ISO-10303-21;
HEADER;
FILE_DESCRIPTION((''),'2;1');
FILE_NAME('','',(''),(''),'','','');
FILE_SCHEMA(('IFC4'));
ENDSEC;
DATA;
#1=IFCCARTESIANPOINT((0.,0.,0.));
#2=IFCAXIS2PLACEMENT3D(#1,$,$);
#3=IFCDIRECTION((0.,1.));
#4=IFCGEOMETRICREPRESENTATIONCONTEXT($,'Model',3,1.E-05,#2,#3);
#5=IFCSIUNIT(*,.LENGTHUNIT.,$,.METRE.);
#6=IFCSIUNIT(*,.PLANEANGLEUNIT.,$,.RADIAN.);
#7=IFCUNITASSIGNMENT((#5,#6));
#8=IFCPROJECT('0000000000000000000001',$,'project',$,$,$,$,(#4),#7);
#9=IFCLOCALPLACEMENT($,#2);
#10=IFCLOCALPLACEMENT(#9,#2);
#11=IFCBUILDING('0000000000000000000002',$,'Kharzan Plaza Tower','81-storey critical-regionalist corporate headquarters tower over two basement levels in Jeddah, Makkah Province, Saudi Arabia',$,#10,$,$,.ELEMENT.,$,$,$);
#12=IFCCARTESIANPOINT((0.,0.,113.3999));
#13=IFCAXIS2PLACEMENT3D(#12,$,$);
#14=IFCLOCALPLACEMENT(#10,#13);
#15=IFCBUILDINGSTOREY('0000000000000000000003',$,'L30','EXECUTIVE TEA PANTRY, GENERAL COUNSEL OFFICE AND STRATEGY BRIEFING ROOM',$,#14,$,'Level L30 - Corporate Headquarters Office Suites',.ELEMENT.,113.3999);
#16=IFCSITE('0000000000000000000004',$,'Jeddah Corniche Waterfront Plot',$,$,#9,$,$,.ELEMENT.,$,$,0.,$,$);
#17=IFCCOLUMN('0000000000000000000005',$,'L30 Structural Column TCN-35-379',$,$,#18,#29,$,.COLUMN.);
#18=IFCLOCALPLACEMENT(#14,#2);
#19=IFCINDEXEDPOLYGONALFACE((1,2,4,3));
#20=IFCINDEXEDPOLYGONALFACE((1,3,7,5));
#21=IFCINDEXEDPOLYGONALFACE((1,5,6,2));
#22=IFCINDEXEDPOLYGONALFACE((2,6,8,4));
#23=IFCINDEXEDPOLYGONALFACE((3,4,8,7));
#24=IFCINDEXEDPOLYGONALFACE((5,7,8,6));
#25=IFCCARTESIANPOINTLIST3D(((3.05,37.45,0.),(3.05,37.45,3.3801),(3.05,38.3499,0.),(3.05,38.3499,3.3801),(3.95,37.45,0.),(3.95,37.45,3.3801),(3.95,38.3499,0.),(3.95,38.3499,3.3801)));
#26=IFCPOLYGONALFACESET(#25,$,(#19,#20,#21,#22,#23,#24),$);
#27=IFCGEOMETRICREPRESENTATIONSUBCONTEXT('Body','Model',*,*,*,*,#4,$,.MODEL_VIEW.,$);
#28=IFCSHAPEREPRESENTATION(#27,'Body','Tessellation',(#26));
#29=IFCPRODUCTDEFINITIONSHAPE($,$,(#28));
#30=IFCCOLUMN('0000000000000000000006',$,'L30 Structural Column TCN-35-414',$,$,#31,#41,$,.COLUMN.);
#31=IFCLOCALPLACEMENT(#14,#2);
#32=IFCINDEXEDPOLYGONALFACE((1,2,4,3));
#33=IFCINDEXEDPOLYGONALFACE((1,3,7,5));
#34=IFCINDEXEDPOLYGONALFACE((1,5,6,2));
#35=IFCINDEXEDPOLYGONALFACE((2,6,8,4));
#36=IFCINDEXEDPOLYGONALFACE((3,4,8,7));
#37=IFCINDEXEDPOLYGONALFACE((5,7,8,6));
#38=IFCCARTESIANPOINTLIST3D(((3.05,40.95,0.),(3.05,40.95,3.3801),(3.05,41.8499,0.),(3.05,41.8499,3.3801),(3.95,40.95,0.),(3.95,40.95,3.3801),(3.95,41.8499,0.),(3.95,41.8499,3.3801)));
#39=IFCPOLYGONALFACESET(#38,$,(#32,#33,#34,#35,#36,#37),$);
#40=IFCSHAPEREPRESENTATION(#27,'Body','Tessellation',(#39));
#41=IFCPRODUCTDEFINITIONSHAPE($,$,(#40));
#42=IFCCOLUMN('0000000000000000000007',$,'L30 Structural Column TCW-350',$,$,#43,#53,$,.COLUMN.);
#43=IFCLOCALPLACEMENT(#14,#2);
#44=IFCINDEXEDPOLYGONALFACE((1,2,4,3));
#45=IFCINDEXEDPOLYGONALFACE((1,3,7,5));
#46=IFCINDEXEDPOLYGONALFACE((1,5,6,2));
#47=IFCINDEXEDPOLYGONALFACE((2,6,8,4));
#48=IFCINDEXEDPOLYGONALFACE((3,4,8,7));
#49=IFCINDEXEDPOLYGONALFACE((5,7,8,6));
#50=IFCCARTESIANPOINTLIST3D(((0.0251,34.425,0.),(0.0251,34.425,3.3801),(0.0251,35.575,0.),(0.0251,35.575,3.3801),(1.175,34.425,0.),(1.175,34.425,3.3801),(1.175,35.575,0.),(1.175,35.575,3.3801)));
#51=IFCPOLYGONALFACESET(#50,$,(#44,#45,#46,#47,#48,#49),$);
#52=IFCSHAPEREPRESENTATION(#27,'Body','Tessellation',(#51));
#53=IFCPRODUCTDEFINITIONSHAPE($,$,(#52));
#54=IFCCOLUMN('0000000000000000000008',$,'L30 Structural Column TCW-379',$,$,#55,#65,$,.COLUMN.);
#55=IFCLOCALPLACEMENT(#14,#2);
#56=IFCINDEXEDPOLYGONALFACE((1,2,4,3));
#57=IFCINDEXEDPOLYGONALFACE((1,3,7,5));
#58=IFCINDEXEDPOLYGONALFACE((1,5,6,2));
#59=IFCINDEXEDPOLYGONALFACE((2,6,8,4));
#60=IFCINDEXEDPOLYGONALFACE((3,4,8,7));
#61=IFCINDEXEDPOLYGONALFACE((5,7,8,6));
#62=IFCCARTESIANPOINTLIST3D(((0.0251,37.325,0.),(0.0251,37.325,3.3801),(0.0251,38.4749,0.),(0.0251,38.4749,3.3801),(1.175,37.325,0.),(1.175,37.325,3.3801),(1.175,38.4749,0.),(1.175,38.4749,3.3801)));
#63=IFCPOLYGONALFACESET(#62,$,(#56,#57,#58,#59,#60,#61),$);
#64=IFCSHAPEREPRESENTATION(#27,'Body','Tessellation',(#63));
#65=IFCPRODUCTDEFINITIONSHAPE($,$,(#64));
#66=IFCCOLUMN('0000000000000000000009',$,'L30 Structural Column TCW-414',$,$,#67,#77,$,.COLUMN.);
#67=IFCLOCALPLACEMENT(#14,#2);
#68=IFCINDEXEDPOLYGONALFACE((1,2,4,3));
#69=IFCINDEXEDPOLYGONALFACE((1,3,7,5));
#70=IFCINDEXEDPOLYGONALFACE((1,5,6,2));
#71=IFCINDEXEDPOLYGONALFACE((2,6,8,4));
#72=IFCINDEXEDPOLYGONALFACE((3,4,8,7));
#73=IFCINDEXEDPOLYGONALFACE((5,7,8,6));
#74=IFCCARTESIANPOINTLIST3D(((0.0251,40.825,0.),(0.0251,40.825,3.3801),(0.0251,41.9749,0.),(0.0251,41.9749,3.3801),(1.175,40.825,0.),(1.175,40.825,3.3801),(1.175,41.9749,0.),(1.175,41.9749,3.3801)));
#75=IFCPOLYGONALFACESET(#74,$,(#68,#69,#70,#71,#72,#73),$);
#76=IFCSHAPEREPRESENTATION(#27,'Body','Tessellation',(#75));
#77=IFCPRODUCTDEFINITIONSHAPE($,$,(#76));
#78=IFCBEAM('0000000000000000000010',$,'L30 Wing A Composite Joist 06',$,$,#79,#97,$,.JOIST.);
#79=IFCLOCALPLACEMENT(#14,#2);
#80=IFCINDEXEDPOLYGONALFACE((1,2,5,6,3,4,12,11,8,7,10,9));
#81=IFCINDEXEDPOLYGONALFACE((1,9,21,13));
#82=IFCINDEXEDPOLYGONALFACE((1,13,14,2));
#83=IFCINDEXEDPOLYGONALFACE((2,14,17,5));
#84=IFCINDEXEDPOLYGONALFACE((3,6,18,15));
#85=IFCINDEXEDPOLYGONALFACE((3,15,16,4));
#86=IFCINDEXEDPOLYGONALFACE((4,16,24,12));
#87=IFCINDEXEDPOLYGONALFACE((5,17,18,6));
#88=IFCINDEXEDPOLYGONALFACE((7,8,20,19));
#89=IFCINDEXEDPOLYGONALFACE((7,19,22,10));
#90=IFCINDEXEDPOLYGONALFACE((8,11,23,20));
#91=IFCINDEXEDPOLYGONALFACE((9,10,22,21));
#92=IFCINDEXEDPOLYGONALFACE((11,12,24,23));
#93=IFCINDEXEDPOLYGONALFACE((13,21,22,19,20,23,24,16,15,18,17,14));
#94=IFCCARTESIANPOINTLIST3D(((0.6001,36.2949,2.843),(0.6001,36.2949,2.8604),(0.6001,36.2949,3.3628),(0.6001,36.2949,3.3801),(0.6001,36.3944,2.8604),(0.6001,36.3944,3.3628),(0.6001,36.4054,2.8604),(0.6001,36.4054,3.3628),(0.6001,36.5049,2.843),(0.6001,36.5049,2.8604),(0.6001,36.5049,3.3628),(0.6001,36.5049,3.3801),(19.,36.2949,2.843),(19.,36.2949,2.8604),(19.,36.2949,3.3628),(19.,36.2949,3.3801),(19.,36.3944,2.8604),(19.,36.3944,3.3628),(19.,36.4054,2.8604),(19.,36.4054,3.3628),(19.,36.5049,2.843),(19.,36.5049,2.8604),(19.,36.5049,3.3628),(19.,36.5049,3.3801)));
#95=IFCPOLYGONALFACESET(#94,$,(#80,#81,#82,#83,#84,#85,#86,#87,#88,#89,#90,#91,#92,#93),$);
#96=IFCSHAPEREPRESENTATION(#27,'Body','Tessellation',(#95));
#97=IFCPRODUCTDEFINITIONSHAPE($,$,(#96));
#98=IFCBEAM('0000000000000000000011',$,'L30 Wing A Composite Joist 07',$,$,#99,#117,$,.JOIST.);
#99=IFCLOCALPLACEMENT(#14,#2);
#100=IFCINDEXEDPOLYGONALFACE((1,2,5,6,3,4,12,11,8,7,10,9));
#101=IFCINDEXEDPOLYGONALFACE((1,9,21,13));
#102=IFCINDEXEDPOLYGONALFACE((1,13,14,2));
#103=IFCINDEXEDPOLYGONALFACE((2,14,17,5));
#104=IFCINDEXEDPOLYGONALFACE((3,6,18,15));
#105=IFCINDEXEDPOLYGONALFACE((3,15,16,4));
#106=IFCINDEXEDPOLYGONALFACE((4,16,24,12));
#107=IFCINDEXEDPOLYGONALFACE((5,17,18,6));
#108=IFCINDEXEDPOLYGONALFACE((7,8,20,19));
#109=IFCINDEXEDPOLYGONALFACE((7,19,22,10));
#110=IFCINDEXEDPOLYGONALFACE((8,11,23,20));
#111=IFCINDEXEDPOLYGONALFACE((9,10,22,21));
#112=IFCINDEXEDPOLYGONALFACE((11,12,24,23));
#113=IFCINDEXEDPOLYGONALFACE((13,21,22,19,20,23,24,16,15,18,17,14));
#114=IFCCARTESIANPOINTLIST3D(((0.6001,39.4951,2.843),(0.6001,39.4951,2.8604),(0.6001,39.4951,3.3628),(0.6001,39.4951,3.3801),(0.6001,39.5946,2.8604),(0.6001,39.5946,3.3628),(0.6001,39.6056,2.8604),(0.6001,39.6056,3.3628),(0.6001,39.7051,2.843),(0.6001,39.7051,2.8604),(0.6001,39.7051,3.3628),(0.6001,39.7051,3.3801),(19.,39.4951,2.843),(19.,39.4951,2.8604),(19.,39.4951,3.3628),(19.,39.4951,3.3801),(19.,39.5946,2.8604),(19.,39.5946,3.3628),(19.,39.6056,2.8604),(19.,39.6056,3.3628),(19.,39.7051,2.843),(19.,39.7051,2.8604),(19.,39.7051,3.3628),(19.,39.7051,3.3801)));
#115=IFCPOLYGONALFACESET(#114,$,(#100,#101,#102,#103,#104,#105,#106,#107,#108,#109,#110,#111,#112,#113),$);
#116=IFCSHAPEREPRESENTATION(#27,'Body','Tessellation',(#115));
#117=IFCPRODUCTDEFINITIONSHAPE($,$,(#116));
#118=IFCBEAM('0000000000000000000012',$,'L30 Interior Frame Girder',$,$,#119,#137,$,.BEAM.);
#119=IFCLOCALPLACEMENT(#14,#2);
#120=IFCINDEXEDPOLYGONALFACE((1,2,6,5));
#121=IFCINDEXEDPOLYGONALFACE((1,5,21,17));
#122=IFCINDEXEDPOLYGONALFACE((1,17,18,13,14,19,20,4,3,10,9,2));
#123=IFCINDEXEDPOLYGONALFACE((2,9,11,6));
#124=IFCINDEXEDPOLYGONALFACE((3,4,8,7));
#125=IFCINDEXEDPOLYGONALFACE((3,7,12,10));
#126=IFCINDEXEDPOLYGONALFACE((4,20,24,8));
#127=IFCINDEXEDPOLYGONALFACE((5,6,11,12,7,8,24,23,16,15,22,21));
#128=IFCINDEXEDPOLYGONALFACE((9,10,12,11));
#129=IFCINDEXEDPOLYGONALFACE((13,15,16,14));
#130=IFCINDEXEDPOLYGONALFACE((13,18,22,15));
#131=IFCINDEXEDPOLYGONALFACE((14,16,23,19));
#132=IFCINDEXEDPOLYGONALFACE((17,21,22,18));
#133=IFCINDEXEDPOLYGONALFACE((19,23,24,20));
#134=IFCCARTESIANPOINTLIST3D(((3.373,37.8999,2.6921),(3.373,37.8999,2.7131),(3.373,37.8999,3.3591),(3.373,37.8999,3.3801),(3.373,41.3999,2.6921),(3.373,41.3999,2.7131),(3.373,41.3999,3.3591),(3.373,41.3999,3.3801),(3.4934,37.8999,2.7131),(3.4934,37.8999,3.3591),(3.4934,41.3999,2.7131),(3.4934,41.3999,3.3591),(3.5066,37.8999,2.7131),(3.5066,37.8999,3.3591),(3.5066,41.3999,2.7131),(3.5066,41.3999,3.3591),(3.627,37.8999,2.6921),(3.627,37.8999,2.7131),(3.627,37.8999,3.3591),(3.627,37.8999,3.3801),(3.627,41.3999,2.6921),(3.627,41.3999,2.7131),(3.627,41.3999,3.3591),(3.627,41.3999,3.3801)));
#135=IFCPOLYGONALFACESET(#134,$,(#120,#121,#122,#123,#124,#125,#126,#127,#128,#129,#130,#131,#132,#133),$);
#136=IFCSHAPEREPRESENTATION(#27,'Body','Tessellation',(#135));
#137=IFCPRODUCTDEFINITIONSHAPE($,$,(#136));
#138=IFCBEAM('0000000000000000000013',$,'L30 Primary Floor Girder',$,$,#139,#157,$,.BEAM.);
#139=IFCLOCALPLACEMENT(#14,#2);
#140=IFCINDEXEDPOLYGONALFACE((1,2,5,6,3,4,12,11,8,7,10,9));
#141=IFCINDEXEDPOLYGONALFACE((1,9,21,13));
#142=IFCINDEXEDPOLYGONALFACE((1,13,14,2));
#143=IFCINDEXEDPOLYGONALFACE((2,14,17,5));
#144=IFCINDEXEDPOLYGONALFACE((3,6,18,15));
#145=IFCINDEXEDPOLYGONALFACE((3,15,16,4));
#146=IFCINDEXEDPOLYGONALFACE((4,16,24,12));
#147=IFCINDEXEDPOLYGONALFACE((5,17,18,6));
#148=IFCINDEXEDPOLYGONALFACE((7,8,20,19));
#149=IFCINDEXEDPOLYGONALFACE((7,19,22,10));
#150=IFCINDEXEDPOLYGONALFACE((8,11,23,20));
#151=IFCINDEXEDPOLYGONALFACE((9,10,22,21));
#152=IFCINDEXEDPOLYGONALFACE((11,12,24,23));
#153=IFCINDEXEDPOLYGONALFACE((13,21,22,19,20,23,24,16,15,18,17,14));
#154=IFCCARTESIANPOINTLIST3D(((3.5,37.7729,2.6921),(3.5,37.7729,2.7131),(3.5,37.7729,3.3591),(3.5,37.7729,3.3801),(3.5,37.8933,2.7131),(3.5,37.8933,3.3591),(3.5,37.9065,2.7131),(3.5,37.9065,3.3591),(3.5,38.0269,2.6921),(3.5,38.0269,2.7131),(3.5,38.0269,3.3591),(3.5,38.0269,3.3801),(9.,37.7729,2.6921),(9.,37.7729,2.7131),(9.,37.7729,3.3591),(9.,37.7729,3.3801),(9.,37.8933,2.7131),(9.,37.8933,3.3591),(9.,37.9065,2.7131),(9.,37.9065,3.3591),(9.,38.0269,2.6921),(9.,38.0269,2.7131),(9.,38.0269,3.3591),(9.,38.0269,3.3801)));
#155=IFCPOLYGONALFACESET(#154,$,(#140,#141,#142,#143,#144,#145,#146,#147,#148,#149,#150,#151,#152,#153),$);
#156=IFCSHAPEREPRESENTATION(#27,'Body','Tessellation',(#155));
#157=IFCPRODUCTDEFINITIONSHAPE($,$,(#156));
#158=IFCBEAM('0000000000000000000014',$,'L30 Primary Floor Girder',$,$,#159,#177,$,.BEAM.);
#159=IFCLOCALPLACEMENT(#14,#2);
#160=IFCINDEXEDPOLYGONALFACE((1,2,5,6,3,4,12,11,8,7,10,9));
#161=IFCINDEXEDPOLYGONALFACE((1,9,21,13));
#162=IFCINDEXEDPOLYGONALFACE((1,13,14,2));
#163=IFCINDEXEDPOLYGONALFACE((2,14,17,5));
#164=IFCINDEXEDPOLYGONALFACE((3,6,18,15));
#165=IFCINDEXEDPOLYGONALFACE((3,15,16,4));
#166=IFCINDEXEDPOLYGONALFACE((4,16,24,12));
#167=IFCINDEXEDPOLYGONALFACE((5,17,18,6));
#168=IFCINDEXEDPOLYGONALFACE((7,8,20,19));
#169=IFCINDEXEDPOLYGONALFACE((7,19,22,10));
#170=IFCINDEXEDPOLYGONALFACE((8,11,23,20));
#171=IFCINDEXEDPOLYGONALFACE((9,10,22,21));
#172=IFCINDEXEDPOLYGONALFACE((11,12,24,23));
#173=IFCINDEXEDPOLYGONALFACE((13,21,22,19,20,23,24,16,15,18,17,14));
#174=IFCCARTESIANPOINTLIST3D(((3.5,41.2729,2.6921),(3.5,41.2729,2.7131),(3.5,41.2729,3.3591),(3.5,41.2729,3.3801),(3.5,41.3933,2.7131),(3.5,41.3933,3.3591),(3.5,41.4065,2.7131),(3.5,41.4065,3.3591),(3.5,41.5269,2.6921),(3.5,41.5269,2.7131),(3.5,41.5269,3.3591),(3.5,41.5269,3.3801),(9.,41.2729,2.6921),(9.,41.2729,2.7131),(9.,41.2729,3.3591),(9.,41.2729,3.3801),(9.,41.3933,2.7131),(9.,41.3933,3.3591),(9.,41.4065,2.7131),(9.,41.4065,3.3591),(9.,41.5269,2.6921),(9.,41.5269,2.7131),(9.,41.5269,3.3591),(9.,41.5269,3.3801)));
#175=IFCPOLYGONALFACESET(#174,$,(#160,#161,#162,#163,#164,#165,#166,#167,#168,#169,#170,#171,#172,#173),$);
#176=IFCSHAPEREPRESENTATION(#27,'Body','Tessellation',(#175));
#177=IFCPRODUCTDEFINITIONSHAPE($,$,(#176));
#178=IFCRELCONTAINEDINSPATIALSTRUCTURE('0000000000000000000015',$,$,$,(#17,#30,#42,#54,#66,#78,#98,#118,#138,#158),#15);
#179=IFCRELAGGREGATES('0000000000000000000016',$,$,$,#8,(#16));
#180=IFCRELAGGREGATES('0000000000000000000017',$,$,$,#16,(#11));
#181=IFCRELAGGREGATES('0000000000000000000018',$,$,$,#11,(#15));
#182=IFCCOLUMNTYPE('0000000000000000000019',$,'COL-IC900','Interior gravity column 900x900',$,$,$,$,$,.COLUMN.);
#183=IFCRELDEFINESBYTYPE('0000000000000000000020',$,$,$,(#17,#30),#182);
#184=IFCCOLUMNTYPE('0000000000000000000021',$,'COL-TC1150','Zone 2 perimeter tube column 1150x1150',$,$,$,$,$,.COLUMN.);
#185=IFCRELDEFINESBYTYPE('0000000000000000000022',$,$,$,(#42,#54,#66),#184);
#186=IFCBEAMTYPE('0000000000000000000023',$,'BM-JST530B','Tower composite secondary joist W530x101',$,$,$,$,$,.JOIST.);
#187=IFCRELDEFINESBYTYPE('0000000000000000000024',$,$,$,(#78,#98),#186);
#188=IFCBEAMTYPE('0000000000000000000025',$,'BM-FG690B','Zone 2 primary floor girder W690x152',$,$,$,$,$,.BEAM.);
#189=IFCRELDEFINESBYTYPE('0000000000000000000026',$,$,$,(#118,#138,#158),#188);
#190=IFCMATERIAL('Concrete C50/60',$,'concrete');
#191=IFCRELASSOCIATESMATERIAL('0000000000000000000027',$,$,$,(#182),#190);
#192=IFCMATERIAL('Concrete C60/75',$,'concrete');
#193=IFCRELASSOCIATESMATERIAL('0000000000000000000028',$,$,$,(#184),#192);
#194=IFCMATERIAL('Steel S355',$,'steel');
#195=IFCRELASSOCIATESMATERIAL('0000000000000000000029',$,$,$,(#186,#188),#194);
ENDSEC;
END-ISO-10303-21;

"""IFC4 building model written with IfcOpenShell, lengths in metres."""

from ifc_helpers import new_model, si_unit, direction, frame, origin, origin_2d, place, context, subcontext, project, spatial, rectangle, i_section, extrude, source, transform, mapped, material, material_profile, profile_set, type_object, element, save


model = new_model("IFC4")

# Units and contexts
model_context = context("Model", 3, precision=1e-05, world=origin(), true_north=direction((0.0, 1.0)))
body_context = subcontext(model_context, "Body", "Model", "MODEL_VIEW")
ifc_project = project(units=[si_unit("LENGTHUNIT", "METRE"), si_unit("PLANEANGLEUNIT", "RADIAN")], contexts=[model_context])

# Site, building, storey
site_placement = place(None, origin())
site = spatial("IfcSite", under=ifc_project, at=site_placement, Name="Jeddah Corniche Waterfront Plot", CompositionType="ELEMENT", RefElevation=0.0)
building_placement = place(site_placement, origin())
building = spatial("IfcBuilding", under=site, at=building_placement, Name="Kharzan Plaza Tower", Description="81-storey critical-regionalist corporate headquarters tower over two basement levels in Jeddah, Makkah Province, Saudi Arabia", CompositionType="ELEMENT")
storey_placement = place(building_placement, frame((0.0, 0.0, 113.3999)))
storey = spatial("IfcBuildingStorey", under=building, at=storey_placement, Name="L30", Description="EXECUTIVE TEA PANTRY, GENERAL COUNSEL OFFICE AND STRATEGY BRIEFING ROOM", LongName="Level L30 - Corporate Headquarters Office Suites", CompositionType="ELEMENT", Elevation=113.3999)

# Columns
ifc_material_1 = material(Name="Concrete C50/60", Category="concrete")
ifc_material_profile_1 = material_profile(ifc_material_1, rectangle(XDim=0.8999, YDim=0.8999, at=origin_2d()), Name="RC-IC900x900")
ifc_profile_set_1 = profile_set([ifc_material_profile_1], Name="Concrete C50/60")
column_type_1 = type_object("IfcColumnType", Name="COL-IC900", Description="Interior gravity column 900x900", PredefinedType="COLUMN", material=ifc_profile_set_1)
shared_shape_1 = source(origin(), body_context, "Body", "SweptSolid", [
    extrude(rectangle(XDim=0.8999, YDim=0.8999, at=origin_2d()), origin(), (0.0, 0.0, 1.0), 3.3801),
])
for number, where, z_axis, x_axis, name in (
    (1, (3.5, 37.8999, 0.0), (0.0, 0.0, 1.0), (1.0, 0.0, 0.0), "L30 Structural Column TCN-35-379"),
    (2, (3.5, 41.3999, 0.0), (0.0, 0.0, 1.0), (1.0, 0.0, 0.0), "L30 Structural Column TCN-35-414"),
):
    element("IfcColumn", number, at=place(storey_placement, frame(where, z_axis=z_axis, x_axis=x_axis)), inside=storey, type_object=column_type_1, Name=name, PredefinedType="COLUMN", context=body_context, shape_type="MappedRepresentation", body=[
        mapped(shared_shape_1, transform((0.0, 0.0, 0.0), x_axis=(1.0, 0.0, 0.0), y_axis=(0.0, 1.0, 0.0), z_axis=(0.0, 0.0, 1.0))),
    ])
ifc_material_2 = material(Name="Concrete C60/75", Category="concrete")
ifc_material_profile_2 = material_profile(ifc_material_2, rectangle(XDim=1.1499, YDim=1.1499, at=origin_2d()), Name="RC-TC1150x1150")
ifc_profile_set_2 = profile_set([ifc_material_profile_2], Name="Concrete C60/75")
column_type_2 = type_object("IfcColumnType", Name="COL-TC1150", Description="Zone 2 perimeter tube column 1150x1150", PredefinedType="COLUMN", material=ifc_profile_set_2)
shared_shape_2 = source(origin(), body_context, "Body", "SweptSolid", [
    extrude(rectangle(XDim=1.1499, YDim=1.1499, at=origin_2d()), origin(), (0.0, 0.0, 1.0), 3.3801),
])
for number, where, z_axis, x_axis, name in (
    (3, (0.6001, 35.0, 0.0), (0.0, 0.0, 1.0), (1.0, 0.0, 0.0), "L30 Structural Column TCW-350"),
    (4, (0.6001, 37.8999, 0.0), (0.0, 0.0, 1.0), (1.0, 0.0, 0.0), "L30 Structural Column TCW-379"),
    (5, (0.6001, 41.3999, 0.0), (0.0, 0.0, 1.0), (1.0, 0.0, 0.0), "L30 Structural Column TCW-414"),
):
    element("IfcColumn", number, at=place(storey_placement, frame(where, z_axis=z_axis, x_axis=x_axis)), inside=storey, type_object=column_type_2, Name=name, PredefinedType="COLUMN", context=body_context, shape_type="MappedRepresentation", body=[
        mapped(shared_shape_2, transform((0.0, 0.0, 0.0), x_axis=(1.0, 0.0, 0.0), y_axis=(0.0, 1.0, 0.0), z_axis=(0.0, 0.0, 1.0))),
    ])

# Beams
ifc_material_3 = material(Name="Steel S355", Category="steel")
ifc_material_profile_3 = material_profile(ifc_material_3, i_section(OverallWidth=0.21, OverallDepth=0.5371, WebThickness=0.011, FlangeThickness=0.0173, at=origin_2d()), Name="W530x101")
ifc_profile_set_3 = profile_set([ifc_material_profile_3], Name="Steel S355")
beam_type_1 = type_object("IfcBeamType", Name="BM-JST530B", Description="Tower composite secondary joist W530x101", PredefinedType="JOIST", material=ifc_profile_set_3)
shared_shape_3 = source(origin(), body_context, "Body", "SweptSolid", [
    extrude(i_section(OverallWidth=0.21, OverallDepth=0.5371, WebThickness=0.011, FlangeThickness=0.0173, at=origin_2d()), origin(), (0.0, 0.0, 1.0), 18.3999),
])
for number, where, z_axis, x_axis, name in (
    (6, (0.6001, 36.3999, 3.1116), (1.0, 0.0, 0.0), (0.0, 1.0, 0.0), "L30 Wing A Composite Joist 06"),
    (7, (0.6001, 39.6001, 3.1116), (1.0, 0.0, 0.0), (0.0, 1.0, 0.0), "L30 Wing A Composite Joist 07"),
):
    element("IfcBeam", number, at=place(storey_placement, frame(where, z_axis=z_axis, x_axis=x_axis)), inside=storey, type_object=beam_type_1, Name=name, PredefinedType="JOIST", context=body_context, shape_type="MappedRepresentation", body=[
        mapped(shared_shape_3, transform((0.0, 0.0, 0.0), x_axis=(1.0, 0.0, 0.0), y_axis=(0.0, 1.0, 0.0), z_axis=(0.0, 0.0, 1.0))),
    ])
ifc_material_profile_4 = material_profile(ifc_material_3, i_section(OverallWidth=0.2539, OverallDepth=0.688, WebThickness=0.0132, FlangeThickness=0.021, at=origin_2d()), Name="W690x152")
ifc_profile_set_4 = profile_set([ifc_material_profile_4], Name="Steel S355")
beam_type_2 = type_object("IfcBeamType", Name="BM-FG690B", Description="Zone 2 primary floor girder W690x152", PredefinedType="BEAM", material=ifc_profile_set_4)
shared_shape_4 = source(origin(), body_context, "Body", "SweptSolid", [
    extrude(i_section(OverallWidth=0.2539, OverallDepth=0.688, WebThickness=0.0132, FlangeThickness=0.021, at=origin_2d()), origin(), (0.0, 0.0, 1.0), 3.5),
])
beam_1_placement = place(storey_placement, frame((3.5, 37.8999, 3.0361), z_axis=(0.0, 1.0, 0.0), x_axis=(-1.0, 0.0, 0.0)))
element("IfcBeam", 8, at=beam_1_placement, inside=storey, type_object=beam_type_2, Name="L30 Interior Frame Girder", PredefinedType="BEAM", context=body_context, shape_type="MappedRepresentation", body=[
    mapped(shared_shape_4, transform((0.0, 0.0, 0.0), x_axis=(1.0, 0.0, 0.0), y_axis=(0.0, 1.0, 0.0), z_axis=(0.0, 0.0, 1.0))),
])
shared_shape_5 = source(origin(), body_context, "Body", "SweptSolid", [
    extrude(i_section(OverallWidth=0.2539, OverallDepth=0.688, WebThickness=0.0132, FlangeThickness=0.021, at=origin_2d()), origin(), (0.0, 0.0, 1.0), 5.5),
])
for number, where, z_axis, x_axis, name in (
    (9, (3.5, 37.8999, 3.0361), (1.0, 0.0, 0.0), (0.0, 1.0, 0.0), "L30 Primary Floor Girder"),
    (10, (3.5, 41.3999, 3.0361), (1.0, 0.0, 0.0), (0.0, 1.0, 0.0), "L30 Primary Floor Girder"),
):
    element("IfcBeam", number, at=place(storey_placement, frame(where, z_axis=z_axis, x_axis=x_axis)), inside=storey, type_object=beam_type_2, Name=name, PredefinedType="BEAM", context=body_context, shape_type="MappedRepresentation", body=[
        mapped(shared_shape_5, transform((0.0, 0.0, 0.0), x_axis=(1.0, 0.0, 0.0), y_axis=(0.0, 1.0, 0.0), z_axis=(0.0, 0.0, 1.0))),
    ])

save(model, "model.ifc")
